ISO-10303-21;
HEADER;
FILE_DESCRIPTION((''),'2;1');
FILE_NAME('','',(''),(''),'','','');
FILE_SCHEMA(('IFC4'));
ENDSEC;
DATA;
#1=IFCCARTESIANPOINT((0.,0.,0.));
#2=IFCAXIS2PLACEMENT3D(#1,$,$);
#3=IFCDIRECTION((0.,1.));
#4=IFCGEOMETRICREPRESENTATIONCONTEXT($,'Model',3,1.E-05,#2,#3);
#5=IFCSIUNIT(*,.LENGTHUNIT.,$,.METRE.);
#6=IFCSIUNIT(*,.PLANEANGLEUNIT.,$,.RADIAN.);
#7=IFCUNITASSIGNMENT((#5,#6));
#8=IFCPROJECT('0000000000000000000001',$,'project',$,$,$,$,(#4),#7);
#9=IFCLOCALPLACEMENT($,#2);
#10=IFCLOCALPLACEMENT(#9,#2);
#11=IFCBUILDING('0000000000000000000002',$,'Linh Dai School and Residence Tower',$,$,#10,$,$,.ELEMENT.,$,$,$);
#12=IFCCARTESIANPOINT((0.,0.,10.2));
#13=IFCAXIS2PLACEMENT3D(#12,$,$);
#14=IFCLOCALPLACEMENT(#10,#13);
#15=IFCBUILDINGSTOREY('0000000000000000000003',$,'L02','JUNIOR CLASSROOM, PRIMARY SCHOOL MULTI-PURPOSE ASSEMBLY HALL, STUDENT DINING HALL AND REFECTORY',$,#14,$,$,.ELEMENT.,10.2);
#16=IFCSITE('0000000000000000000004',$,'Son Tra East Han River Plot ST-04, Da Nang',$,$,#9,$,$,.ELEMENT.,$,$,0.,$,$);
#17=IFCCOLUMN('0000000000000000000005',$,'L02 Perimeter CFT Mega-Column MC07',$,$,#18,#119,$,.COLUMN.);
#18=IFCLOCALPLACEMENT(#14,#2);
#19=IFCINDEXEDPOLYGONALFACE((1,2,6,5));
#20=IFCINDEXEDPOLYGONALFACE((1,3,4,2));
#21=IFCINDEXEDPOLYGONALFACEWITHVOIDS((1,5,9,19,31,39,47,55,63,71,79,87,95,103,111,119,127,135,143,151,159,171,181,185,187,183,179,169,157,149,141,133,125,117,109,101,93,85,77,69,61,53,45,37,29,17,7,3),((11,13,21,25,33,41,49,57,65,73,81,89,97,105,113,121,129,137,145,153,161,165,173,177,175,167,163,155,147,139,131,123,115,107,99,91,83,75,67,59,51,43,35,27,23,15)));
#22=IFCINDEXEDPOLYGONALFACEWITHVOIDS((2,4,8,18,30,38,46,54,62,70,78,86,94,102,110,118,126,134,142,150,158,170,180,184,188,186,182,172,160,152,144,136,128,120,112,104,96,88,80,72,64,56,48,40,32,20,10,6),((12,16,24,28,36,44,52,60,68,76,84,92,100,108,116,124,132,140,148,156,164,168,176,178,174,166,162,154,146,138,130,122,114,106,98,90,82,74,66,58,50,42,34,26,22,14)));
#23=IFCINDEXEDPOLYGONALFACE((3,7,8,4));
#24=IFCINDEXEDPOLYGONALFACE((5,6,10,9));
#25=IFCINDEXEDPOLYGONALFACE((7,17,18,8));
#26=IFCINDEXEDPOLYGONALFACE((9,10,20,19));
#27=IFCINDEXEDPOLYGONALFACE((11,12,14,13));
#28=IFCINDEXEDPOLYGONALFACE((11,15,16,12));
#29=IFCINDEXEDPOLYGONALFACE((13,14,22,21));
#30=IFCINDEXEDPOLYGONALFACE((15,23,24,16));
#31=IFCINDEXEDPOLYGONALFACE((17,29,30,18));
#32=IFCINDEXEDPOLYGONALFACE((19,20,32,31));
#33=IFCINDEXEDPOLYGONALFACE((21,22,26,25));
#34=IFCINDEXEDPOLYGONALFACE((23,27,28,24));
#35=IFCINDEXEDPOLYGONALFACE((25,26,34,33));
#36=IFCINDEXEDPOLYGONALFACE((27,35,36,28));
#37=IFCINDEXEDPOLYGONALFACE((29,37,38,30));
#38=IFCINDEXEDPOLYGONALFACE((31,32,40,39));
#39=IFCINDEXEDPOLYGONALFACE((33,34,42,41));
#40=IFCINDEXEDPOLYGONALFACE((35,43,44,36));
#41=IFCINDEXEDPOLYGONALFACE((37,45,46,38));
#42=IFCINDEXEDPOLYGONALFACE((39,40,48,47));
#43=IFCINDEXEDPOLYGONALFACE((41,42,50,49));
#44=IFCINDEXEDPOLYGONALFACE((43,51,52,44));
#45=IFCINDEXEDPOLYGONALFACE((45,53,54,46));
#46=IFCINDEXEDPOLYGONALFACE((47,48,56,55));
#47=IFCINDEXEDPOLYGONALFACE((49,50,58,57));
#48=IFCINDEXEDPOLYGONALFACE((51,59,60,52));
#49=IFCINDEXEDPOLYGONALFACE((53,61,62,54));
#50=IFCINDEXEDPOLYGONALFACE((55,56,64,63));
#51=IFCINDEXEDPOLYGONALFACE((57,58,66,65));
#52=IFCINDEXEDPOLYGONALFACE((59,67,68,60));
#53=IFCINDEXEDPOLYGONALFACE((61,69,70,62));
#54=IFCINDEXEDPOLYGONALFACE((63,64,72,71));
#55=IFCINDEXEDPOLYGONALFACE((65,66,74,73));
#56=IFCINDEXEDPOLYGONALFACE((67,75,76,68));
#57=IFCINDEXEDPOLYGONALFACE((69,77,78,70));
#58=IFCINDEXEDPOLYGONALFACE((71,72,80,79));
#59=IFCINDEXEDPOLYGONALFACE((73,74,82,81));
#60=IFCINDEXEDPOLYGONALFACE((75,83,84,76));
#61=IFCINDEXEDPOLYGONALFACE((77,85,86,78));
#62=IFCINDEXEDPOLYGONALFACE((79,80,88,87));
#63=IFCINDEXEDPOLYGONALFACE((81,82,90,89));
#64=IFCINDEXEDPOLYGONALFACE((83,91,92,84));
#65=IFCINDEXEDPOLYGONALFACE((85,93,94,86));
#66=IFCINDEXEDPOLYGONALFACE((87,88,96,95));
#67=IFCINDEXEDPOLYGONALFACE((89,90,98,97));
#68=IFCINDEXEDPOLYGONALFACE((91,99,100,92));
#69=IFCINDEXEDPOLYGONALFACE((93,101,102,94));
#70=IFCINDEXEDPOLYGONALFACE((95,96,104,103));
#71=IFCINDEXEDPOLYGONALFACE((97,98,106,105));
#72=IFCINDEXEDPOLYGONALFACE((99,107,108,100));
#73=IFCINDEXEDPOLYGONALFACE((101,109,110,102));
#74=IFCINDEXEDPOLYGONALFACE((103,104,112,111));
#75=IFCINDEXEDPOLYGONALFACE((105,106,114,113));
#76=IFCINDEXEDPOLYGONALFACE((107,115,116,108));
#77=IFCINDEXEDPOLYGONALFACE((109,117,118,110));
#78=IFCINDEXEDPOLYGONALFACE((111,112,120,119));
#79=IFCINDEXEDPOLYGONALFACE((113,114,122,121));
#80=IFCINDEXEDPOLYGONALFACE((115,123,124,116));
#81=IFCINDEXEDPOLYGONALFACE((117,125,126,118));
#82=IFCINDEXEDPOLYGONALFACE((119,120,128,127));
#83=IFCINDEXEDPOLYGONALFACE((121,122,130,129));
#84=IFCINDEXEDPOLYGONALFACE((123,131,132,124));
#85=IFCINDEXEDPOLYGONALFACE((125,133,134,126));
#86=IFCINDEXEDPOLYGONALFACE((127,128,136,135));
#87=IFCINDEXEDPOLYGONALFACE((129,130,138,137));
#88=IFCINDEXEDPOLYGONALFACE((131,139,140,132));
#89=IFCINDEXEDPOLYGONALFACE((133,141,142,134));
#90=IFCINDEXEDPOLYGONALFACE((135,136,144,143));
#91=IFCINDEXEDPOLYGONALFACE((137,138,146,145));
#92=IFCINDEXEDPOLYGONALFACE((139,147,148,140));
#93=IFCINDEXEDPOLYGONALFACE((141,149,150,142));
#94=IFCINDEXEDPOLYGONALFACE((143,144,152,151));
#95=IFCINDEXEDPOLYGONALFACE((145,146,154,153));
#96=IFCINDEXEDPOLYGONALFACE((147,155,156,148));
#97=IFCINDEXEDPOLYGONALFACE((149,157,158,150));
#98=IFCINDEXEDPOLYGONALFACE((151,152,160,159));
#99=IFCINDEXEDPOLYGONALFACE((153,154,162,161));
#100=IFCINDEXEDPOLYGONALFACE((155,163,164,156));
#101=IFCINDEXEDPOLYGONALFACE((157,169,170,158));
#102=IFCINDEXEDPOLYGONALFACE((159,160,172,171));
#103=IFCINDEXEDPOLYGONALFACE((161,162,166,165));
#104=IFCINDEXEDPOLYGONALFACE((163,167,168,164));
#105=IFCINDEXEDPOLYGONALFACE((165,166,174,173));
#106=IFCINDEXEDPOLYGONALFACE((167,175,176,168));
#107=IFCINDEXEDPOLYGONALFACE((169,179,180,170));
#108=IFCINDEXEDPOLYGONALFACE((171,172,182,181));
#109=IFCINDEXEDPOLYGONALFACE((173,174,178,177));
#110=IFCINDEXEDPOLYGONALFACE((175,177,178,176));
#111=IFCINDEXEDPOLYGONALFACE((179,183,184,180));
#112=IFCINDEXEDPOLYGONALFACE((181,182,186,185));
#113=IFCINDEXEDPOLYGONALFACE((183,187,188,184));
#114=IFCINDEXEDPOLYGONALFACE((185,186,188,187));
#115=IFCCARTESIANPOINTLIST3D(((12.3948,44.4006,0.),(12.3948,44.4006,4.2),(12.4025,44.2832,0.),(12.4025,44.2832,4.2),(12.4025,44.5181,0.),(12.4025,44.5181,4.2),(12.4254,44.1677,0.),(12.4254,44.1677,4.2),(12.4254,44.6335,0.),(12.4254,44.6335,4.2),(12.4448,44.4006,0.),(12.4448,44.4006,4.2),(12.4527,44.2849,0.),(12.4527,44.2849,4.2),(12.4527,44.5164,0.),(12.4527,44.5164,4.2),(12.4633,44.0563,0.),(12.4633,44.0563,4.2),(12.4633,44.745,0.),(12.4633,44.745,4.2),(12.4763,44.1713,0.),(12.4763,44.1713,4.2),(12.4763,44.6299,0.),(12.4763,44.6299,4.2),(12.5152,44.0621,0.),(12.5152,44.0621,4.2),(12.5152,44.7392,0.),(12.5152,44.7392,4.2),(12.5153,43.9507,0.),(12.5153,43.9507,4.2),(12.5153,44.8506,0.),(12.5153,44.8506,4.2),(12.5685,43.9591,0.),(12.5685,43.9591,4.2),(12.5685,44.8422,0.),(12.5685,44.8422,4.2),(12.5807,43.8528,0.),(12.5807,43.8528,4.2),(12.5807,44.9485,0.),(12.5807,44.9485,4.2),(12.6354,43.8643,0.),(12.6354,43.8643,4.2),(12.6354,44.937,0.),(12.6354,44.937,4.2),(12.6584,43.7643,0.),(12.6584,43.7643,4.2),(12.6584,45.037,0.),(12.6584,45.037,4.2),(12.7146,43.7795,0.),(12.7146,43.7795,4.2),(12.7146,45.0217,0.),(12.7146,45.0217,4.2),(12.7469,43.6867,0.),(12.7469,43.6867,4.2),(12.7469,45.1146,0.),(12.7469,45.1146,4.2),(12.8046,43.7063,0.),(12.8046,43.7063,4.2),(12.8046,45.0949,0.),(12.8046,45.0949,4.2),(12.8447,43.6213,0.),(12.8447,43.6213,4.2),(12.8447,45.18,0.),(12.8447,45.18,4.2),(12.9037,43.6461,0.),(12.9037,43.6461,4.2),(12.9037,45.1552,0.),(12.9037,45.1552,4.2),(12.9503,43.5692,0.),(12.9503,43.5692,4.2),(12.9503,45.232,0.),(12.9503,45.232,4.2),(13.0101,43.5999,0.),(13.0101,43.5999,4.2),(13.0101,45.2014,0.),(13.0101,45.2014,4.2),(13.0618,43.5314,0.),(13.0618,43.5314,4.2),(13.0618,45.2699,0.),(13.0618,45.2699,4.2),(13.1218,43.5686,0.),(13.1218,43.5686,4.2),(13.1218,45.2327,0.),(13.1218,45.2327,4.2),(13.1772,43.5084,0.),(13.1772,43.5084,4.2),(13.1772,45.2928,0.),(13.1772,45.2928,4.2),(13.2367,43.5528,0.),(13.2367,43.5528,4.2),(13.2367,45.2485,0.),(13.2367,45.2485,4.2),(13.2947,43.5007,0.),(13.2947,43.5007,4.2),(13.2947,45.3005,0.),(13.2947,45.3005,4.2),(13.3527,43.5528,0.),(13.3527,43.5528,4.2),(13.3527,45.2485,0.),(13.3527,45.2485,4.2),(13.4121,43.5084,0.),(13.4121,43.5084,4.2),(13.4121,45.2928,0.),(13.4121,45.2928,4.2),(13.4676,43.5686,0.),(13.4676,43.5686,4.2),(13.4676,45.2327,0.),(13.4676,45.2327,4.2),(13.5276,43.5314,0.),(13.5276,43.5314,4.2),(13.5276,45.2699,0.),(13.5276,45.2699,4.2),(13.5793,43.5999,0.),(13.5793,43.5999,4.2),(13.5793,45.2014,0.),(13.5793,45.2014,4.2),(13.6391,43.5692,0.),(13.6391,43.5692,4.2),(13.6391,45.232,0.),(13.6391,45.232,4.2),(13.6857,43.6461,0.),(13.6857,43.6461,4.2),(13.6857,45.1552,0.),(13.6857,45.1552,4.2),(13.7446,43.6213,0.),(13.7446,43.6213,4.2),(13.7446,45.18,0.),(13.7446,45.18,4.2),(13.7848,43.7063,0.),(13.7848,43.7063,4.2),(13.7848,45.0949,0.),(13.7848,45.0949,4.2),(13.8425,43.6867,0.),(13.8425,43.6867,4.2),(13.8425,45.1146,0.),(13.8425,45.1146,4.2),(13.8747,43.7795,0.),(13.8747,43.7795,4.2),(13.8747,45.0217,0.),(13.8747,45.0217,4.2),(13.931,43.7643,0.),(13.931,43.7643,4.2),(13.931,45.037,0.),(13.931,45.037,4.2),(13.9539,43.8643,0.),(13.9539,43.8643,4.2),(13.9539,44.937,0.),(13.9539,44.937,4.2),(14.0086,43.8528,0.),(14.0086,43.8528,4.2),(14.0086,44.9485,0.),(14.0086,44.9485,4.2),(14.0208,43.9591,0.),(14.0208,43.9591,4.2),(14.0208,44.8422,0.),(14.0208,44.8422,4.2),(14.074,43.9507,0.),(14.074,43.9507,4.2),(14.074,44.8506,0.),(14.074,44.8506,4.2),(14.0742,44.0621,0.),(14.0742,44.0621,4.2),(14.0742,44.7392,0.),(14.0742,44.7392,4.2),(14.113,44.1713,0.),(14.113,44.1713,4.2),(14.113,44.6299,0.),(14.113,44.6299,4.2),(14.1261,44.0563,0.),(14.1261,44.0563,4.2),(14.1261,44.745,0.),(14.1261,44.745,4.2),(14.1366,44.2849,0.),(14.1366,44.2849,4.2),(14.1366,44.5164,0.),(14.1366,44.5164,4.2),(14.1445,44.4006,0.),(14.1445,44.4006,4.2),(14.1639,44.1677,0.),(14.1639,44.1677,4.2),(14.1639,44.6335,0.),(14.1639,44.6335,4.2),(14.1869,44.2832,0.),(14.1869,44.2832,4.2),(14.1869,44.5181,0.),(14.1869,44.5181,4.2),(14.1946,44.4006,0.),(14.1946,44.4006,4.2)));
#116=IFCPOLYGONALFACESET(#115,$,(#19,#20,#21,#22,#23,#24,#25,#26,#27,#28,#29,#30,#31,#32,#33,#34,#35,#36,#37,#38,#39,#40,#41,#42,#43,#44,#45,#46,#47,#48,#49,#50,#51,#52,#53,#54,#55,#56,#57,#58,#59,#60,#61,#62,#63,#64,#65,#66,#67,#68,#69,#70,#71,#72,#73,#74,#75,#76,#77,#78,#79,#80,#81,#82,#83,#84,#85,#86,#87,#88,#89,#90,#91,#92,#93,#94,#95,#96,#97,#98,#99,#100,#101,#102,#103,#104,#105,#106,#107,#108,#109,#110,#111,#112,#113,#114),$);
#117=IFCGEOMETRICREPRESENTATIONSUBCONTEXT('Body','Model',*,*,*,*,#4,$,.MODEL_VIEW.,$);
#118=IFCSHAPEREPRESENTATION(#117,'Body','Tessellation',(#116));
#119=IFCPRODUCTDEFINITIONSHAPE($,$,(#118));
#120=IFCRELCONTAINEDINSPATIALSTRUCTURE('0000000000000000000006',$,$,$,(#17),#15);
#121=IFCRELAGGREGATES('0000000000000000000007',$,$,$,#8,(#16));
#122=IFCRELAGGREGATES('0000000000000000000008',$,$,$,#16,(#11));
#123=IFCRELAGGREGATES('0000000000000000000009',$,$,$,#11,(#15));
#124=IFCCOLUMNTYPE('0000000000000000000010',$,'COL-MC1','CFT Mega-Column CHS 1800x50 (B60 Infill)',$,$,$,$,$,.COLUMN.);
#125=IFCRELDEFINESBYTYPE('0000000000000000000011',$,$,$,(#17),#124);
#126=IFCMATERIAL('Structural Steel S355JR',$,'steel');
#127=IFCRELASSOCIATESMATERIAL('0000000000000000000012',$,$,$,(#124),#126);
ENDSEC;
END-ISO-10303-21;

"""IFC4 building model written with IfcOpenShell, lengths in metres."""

from ifc_helpers import new_model, si_unit, direction, frame, origin, origin_2d, place, context, subcontext, project, spatial, hollow_circle, extrude, material, material_profile, profile_set, type_object, element, save


model = new_model("IFC4")

# Units and contexts
model_context = context("Model", 3, precision=1e-05, world=origin(), true_north=direction((0.0, 1.0)))
body_context = subcontext(model_context, "Body", "Model", "MODEL_VIEW")
ifc_project = project(units=[si_unit("LENGTHUNIT", "METRE"), si_unit("PLANEANGLEUNIT", "RADIAN")], contexts=[model_context])

# Site, building, storey
site_placement = place(None, origin())
site = spatial("IfcSite", under=ifc_project, at=site_placement, Name="Son Tra East Han River Plot ST-04, Da Nang", CompositionType="ELEMENT", RefElevation=0.0)
building_placement = place(site_placement, origin())
building = spatial("IfcBuilding", under=site, at=building_placement, Name="Linh Dai School and Residence Tower", CompositionType="ELEMENT")
storey_placement = place(building_placement, frame((0.0, 0.0, 10.2)))
storey = spatial("IfcBuildingStorey", under=building, at=storey_placement, Name="L02", Description="JUNIOR CLASSROOM, PRIMARY SCHOOL MULTI-PURPOSE ASSEMBLY HALL, STUDENT DINING HALL AND REFECTORY", CompositionType="ELEMENT", Elevation=10.2)

# Column
ifc_material_1 = material(Name="Structural Steel S355JR", Category="steel")
ifc_material_profile_1 = material_profile(ifc_material_1, hollow_circle(Radius=0.8999, WallThickness=0.05, at=origin_2d()), Name="CHS 1800x50")
ifc_profile_set_1 = profile_set([ifc_material_profile_1], Name="Structural Steel S355JR")
column_type = type_object("IfcColumnType", Name="COL-MC1", Description="CFT Mega-Column CHS 1800x50 (B60 Infill)", PredefinedType="COLUMN", material=ifc_profile_set_1)
for number, where, z_axis, x_axis, name in (
    (1, (13.2947, 44.4006, 0.0), (0.0, 0.0, 1.0), (1.0, 0.0, 0.0), "L02 Perimeter CFT Mega-Column MC07"),
):
    element("IfcColumn", number, at=place(storey_placement, frame(where, z_axis=z_axis, x_axis=x_axis)), inside=storey, type_object=column_type, Name=name, PredefinedType="COLUMN", context=body_context, shape_type="SweptSolid", body=[
        extrude(hollow_circle(Radius=0.8999, WallThickness=0.05, at=origin_2d()), origin(), (0.0, 0.0, 1.0), 4.2),
    ])

save(model, "model.ifc")
